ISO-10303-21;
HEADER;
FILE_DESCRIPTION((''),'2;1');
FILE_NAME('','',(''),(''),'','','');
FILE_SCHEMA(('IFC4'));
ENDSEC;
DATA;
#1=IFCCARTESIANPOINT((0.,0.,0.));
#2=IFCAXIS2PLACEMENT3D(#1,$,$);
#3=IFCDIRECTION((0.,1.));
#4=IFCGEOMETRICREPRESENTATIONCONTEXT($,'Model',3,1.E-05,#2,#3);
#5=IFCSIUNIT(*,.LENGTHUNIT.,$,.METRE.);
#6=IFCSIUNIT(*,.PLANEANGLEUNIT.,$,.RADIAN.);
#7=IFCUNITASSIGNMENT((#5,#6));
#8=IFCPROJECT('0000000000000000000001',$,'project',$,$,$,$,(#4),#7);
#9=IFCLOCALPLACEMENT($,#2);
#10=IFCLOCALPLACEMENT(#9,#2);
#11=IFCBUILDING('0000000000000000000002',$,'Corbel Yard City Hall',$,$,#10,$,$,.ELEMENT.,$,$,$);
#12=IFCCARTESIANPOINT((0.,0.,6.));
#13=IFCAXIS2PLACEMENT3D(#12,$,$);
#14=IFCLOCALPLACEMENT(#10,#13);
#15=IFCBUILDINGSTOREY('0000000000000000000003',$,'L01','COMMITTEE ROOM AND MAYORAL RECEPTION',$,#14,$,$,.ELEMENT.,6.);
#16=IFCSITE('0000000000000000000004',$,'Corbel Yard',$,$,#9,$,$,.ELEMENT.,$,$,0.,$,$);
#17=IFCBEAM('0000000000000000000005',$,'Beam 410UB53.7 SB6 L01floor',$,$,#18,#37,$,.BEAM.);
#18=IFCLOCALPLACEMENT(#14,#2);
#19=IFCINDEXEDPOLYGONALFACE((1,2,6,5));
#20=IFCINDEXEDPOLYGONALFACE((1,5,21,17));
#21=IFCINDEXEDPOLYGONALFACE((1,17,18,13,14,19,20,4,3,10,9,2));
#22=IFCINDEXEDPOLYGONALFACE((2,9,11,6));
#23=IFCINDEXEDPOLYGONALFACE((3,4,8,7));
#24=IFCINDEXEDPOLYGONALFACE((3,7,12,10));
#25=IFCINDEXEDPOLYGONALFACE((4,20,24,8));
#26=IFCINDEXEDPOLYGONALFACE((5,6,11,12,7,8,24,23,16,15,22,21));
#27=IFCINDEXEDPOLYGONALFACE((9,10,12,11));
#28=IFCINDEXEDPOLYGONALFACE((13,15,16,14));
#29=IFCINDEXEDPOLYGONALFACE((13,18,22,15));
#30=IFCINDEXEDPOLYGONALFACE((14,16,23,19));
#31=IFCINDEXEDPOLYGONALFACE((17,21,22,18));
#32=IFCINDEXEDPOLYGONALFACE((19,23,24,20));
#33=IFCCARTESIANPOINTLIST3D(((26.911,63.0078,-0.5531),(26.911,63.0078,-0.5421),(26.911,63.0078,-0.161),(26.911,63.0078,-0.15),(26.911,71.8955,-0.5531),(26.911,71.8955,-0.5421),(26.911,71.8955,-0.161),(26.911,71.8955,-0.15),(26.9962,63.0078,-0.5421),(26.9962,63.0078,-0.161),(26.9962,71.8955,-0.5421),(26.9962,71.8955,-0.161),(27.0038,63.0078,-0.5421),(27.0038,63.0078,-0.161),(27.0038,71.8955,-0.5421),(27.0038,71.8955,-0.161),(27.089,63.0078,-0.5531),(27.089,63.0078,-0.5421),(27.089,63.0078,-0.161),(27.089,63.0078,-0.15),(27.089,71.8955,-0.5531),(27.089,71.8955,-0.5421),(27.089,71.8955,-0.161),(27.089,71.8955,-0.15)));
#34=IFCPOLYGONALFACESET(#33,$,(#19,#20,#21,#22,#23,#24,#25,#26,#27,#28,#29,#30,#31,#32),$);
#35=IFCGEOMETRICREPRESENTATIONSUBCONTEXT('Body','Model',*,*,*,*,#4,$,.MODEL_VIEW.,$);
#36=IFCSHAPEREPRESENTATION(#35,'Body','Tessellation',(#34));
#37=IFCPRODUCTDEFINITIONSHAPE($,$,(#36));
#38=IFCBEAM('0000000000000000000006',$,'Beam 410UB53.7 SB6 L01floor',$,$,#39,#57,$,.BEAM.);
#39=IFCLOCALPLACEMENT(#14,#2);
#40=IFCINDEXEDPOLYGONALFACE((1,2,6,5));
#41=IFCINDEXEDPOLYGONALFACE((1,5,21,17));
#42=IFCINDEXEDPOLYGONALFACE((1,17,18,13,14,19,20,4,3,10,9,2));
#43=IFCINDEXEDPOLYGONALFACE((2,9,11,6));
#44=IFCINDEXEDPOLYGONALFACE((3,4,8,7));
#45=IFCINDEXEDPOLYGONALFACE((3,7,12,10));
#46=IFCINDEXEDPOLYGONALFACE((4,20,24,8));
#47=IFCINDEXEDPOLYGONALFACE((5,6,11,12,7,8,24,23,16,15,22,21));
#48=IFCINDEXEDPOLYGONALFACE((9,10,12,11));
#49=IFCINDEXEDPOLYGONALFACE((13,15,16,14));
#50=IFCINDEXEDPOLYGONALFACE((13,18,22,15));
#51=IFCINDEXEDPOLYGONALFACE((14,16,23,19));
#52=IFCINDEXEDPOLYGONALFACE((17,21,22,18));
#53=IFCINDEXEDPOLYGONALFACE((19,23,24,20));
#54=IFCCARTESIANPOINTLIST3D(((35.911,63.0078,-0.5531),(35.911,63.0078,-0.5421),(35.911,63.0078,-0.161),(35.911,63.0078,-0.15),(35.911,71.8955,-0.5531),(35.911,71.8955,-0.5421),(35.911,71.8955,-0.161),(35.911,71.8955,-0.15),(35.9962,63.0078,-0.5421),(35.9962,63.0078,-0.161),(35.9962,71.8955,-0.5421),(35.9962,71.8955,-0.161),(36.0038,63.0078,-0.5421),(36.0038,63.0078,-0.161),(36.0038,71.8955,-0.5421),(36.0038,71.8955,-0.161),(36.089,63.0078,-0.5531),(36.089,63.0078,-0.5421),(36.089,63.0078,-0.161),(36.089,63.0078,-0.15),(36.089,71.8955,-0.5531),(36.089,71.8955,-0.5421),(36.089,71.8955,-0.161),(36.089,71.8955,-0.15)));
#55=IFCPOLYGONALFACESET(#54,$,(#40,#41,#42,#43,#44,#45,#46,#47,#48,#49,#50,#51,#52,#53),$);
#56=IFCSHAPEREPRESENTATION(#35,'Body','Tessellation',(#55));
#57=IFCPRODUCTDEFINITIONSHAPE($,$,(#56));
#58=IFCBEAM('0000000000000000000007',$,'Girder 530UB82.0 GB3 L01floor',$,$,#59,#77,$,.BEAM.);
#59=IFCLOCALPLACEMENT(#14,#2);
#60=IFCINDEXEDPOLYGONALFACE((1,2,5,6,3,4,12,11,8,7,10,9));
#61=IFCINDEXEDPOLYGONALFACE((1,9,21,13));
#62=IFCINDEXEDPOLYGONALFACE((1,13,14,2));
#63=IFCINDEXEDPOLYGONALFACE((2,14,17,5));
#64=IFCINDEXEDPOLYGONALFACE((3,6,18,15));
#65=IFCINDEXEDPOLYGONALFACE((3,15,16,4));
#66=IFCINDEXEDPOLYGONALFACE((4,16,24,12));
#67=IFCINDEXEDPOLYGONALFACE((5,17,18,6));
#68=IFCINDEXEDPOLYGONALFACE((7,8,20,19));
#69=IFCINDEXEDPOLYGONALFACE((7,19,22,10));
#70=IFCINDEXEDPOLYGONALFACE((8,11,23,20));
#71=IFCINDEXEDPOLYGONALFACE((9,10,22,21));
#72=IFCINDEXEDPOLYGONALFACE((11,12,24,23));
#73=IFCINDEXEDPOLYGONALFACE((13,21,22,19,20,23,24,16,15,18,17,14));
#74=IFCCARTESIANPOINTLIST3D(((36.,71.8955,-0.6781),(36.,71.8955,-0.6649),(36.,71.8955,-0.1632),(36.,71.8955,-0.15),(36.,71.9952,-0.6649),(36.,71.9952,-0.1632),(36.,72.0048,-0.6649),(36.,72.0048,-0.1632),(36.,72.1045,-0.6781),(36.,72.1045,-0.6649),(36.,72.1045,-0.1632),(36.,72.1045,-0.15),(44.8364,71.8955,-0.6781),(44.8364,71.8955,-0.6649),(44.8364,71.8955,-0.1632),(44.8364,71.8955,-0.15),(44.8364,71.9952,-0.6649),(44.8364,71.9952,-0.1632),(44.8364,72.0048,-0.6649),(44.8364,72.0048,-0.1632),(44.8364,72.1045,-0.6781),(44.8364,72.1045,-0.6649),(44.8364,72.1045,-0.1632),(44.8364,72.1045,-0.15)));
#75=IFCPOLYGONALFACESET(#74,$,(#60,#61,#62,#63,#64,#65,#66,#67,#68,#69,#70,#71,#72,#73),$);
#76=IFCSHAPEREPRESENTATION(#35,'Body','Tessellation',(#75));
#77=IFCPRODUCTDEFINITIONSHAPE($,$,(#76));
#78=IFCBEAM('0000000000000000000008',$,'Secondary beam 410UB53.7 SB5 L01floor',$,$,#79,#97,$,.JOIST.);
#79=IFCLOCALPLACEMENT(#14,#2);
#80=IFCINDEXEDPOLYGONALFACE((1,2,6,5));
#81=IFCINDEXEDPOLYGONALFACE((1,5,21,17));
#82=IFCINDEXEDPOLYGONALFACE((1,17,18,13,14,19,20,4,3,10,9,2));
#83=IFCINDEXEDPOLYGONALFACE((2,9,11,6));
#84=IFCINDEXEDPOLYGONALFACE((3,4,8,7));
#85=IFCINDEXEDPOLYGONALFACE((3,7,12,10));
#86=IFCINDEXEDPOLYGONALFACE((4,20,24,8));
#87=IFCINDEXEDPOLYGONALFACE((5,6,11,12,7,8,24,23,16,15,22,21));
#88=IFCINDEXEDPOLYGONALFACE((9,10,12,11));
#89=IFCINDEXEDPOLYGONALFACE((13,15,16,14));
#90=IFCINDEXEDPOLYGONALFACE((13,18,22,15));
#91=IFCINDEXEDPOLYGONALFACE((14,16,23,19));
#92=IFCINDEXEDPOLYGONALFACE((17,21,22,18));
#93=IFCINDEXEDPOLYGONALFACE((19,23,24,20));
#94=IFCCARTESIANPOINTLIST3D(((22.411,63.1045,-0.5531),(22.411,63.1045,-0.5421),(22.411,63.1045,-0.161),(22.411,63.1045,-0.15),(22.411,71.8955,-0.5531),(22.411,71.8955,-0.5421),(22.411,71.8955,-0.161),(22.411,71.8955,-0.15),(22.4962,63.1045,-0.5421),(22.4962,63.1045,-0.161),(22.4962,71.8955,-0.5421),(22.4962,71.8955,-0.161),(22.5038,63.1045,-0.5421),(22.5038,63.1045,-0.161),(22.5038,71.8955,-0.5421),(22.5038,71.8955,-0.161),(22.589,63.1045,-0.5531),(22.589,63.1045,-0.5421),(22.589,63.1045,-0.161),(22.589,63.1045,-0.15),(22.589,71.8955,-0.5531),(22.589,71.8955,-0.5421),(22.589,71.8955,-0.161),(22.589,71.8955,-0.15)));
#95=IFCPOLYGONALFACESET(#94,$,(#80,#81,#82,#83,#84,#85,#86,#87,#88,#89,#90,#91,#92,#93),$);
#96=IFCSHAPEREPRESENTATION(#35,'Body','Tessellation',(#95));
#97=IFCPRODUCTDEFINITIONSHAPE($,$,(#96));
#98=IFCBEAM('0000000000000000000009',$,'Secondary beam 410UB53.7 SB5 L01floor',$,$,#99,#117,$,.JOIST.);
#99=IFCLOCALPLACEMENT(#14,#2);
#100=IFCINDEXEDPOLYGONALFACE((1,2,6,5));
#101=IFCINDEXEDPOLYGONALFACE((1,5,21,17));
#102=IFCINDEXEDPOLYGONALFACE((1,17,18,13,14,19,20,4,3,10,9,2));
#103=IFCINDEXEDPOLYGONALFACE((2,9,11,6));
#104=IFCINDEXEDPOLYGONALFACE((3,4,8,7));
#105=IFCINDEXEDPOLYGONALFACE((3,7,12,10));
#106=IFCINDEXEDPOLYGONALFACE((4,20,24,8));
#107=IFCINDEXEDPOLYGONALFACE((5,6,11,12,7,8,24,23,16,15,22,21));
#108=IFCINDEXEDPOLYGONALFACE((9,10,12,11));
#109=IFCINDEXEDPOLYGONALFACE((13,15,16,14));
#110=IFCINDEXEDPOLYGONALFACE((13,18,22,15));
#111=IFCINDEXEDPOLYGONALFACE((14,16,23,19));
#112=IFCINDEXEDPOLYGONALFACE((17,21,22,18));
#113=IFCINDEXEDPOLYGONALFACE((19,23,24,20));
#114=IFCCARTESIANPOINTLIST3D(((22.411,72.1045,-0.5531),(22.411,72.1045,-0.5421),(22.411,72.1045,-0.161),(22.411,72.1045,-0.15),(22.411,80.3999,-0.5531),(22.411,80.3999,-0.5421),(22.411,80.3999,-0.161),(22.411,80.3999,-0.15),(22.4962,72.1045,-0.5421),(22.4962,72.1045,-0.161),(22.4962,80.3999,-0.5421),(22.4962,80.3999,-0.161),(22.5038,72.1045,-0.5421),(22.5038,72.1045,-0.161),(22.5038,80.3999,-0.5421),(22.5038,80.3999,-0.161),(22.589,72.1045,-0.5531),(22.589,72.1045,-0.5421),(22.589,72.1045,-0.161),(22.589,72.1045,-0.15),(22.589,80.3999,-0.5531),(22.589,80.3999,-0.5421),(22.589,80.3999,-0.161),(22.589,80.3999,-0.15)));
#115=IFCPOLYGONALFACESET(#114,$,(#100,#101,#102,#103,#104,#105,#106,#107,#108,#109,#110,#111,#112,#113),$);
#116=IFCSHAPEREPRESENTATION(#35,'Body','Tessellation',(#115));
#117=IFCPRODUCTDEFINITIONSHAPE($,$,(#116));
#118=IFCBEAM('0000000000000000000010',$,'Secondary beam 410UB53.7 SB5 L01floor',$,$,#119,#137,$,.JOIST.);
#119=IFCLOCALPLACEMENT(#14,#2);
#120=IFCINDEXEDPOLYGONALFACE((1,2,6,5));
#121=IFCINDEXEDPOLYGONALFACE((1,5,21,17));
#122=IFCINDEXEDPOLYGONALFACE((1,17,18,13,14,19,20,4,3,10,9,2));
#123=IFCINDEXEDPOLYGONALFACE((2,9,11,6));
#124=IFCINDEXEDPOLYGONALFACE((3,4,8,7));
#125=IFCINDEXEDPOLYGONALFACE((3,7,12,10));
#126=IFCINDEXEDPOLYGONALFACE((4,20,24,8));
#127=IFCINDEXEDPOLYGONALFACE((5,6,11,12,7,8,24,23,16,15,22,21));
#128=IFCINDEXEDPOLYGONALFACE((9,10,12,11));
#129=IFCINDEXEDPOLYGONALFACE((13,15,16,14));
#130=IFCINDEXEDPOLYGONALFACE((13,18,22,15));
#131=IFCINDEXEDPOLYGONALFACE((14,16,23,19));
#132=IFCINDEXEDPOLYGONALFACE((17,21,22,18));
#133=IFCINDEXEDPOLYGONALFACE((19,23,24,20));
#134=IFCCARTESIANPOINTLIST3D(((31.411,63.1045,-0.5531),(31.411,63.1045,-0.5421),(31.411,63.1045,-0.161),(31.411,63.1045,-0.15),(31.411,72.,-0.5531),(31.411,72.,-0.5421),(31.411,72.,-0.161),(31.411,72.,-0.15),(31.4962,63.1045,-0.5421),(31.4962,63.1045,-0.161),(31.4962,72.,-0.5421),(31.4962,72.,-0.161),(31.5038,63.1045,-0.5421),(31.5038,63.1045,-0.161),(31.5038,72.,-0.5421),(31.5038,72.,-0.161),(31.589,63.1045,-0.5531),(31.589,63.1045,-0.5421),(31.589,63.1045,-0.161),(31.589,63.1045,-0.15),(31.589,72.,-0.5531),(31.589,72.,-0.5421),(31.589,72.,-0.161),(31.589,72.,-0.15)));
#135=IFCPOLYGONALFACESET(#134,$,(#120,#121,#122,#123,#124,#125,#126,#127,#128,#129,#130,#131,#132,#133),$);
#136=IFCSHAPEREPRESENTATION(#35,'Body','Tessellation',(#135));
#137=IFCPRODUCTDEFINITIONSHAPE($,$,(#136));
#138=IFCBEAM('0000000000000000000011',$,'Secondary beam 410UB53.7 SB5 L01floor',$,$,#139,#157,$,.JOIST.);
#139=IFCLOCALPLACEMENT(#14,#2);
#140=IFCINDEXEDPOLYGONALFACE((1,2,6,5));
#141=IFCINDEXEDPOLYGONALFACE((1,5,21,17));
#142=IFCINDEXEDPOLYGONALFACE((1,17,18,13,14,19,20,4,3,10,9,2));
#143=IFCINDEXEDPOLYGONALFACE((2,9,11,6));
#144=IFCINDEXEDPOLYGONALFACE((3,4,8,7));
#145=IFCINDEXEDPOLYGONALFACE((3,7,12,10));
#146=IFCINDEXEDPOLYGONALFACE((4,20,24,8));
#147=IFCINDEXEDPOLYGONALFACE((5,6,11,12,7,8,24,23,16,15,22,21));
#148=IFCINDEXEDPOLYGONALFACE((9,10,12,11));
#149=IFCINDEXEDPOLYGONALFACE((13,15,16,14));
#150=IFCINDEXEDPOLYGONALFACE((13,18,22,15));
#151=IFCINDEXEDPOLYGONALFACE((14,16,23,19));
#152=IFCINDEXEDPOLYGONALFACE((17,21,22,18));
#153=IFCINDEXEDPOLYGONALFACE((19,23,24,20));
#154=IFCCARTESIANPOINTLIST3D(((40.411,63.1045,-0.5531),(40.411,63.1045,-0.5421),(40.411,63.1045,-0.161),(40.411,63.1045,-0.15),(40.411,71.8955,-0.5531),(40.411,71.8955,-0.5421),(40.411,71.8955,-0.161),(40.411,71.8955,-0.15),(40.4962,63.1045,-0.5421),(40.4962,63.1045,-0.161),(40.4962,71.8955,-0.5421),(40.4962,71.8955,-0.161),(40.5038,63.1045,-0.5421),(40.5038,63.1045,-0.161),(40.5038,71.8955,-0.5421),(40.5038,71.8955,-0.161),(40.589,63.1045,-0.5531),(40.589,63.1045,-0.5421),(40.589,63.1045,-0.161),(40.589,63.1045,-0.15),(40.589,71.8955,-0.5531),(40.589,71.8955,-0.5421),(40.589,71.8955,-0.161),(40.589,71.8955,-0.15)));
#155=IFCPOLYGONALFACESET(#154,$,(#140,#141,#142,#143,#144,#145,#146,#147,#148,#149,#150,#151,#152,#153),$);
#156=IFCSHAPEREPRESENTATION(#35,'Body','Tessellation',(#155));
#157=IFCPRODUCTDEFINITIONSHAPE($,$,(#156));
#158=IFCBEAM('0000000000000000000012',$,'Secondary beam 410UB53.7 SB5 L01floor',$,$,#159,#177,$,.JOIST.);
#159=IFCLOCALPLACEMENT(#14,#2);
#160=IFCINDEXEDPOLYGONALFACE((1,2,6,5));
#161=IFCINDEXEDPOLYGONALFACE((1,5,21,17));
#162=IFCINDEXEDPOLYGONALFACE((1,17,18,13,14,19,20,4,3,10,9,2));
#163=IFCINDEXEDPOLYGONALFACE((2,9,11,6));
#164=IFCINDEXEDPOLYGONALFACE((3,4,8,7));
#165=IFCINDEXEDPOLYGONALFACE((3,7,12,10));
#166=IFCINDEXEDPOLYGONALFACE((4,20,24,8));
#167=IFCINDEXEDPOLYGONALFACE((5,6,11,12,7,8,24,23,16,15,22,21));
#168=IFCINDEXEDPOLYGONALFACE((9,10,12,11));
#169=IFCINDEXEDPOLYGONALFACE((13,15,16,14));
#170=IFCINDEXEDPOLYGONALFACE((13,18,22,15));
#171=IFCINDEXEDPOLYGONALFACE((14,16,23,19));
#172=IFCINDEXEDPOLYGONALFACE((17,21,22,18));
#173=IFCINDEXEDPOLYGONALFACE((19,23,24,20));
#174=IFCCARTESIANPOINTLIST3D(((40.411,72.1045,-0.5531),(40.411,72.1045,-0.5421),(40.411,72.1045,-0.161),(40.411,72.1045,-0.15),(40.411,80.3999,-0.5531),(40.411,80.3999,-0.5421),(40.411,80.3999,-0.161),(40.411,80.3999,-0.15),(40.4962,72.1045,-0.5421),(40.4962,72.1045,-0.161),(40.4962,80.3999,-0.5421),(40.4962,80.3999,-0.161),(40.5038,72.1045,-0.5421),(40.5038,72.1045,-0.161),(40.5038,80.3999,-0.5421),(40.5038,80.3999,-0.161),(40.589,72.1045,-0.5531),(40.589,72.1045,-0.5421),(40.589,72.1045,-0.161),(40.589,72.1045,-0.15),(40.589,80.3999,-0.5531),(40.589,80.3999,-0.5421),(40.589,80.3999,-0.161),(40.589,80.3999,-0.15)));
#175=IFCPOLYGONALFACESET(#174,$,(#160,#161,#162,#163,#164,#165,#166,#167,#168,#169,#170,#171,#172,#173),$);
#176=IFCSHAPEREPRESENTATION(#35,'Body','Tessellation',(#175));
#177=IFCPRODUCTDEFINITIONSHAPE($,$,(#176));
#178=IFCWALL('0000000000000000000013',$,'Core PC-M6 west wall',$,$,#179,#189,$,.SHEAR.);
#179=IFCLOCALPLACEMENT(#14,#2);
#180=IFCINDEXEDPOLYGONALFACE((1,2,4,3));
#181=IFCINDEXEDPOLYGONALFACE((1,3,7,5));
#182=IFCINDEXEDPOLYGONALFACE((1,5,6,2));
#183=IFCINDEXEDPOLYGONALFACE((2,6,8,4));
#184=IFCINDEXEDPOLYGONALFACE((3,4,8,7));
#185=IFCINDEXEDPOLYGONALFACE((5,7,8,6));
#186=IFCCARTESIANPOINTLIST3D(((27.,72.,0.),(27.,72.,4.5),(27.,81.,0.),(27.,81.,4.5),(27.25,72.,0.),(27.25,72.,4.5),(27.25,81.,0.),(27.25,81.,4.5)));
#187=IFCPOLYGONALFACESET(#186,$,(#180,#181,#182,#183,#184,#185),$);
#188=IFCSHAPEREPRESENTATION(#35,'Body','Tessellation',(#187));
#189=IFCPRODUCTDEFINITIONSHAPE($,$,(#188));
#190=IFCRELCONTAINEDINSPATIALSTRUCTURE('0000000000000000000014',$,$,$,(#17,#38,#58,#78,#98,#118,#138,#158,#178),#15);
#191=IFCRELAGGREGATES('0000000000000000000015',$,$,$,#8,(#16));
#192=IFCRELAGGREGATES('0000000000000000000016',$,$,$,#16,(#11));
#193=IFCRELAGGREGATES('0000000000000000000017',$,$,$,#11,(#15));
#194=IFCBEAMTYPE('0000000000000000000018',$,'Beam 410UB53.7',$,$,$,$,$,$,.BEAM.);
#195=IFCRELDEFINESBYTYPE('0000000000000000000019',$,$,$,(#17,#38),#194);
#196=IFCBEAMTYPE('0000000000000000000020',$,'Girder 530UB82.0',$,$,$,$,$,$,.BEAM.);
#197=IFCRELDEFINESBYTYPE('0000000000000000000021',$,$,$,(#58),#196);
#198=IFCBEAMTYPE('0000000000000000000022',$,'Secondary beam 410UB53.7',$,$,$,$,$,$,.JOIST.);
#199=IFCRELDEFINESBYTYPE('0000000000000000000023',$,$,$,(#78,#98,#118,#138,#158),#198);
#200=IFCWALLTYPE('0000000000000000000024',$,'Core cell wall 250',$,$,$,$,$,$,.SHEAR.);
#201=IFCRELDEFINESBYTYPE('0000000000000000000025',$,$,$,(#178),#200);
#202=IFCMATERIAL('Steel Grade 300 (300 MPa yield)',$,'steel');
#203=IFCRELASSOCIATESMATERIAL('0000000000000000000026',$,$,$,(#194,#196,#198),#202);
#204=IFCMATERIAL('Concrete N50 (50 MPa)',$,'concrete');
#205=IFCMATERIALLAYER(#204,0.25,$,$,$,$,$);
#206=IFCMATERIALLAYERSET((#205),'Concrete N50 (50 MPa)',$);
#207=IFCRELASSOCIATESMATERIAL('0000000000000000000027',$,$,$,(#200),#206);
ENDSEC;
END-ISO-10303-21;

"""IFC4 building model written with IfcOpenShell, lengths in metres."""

from ifc_helpers import new_model, si_unit, direction, frame, frame_2d, origin, origin_2d, place, context, subcontext, project, spatial, rectangle, i_section, extrude, material, layer, layer_set, material_profile, profile_set, type_object, element, save


model = new_model("IFC4")

# Units and contexts
model_context = context("Model", 3, precision=1e-05, world=origin(), true_north=direction((0.0, 1.0)))
body_context = subcontext(model_context, "Body", "Model", "MODEL_VIEW")
ifc_project = project(units=[si_unit("LENGTHUNIT", "METRE"), si_unit("PLANEANGLEUNIT", "RADIAN")], contexts=[model_context])

# Site, building, storey
site_placement = place(None, origin())
site = spatial("IfcSite", under=ifc_project, at=site_placement, Name="Corbel Yard", CompositionType="ELEMENT", RefElevation=0.0)
building_placement = place(site_placement, origin())
building = spatial("IfcBuilding", under=site, at=building_placement, Name="Corbel Yard City Hall", CompositionType="ELEMENT")
storey_placement = place(building_placement, frame((0.0, 0.0, 6.0)))
storey = spatial("IfcBuildingStorey", under=building, at=storey_placement, Name="L01", Description="COMMITTEE ROOM AND MAYORAL RECEPTION", CompositionType="ELEMENT", Elevation=6.0)

# Beams
ifc_material_1 = material(Name="Steel Grade 300 (300 MPa yield)", Category="steel")
ifc_material_profile_1 = material_profile(ifc_material_1, i_section(OverallWidth=0.178, OverallDepth=0.4031, WebThickness=0.0076, FlangeThickness=0.011, at=origin_2d()), Name="410UB53.7")
ifc_profile_set_1 = profile_set([ifc_material_profile_1], Name="Steel Grade 300 (300 MPa yield)")
beam_type_1 = type_object("IfcBeamType", Name="Beam 410UB53.7", PredefinedType="BEAM", material=ifc_profile_set_1)
for number, where, z_axis, x_axis, name in (
    (1, (27.0, 63.0078, -0.3516), (0.0, 1.0, 0.0), (-1.0, 0.0, 0.0), "Beam 410UB53.7 SB6 L01floor"),
    (2, (36.0, 63.0078, -0.3516), (0.0, 1.0, 0.0), (-1.0, 0.0, 0.0), "Beam 410UB53.7 SB6 L01floor"),
):
    element("IfcBeam", number, at=place(storey_placement, frame(where, z_axis=z_axis, x_axis=x_axis)), inside=storey, type_object=beam_type_1, Name=name, PredefinedType="BEAM", context=body_context, shape_type="SweptSolid", body=[
        extrude(i_section(OverallWidth=0.178, OverallDepth=0.4031, WebThickness=0.0076, FlangeThickness=0.011, at=origin_2d()), origin(), (0.0, 0.0, 1.0), 8.8877),
    ])
ifc_material_profile_2 = material_profile(ifc_material_1, i_section(OverallWidth=0.209, OverallDepth=0.5281, WebThickness=0.0095, FlangeThickness=0.0132, at=origin_2d()), Name="530UB82.0")
ifc_profile_set_2 = profile_set([ifc_material_profile_2], Name="Steel Grade 300 (300 MPa yield)")
beam_type_2 = type_object("IfcBeamType", Name="Girder 530UB82.0", PredefinedType="BEAM", material=ifc_profile_set_2)
beam_1_placement = place(storey_placement, frame((36.0, 72.0, -0.4141), z_axis=(1.0, 0.0, 0.0), x_axis=(0.0, 1.0, 0.0)))
element("IfcBeam", 3, at=beam_1_placement, inside=storey, type_object=beam_type_2, Name="Girder 530UB82.0 GB3 L01floor", PredefinedType="BEAM", context=body_context, shape_type="SweptSolid", body=[
    extrude(i_section(OverallWidth=0.209, OverallDepth=0.5281, WebThickness=0.0095, FlangeThickness=0.0132, at=origin_2d()), origin(), (0.0, 0.0, 1.0), 8.8364),
])
ifc_material_profile_3 = material_profile(ifc_material_1, i_section(OverallWidth=0.178, OverallDepth=0.4031, WebThickness=0.0076, FlangeThickness=0.011, at=origin_2d()), Name="410UB53.7")
ifc_profile_set_3 = profile_set([ifc_material_profile_3], Name="Steel Grade 300 (300 MPa yield)")
beam_type_3 = type_object("IfcBeamType", Name="Secondary beam 410UB53.7", PredefinedType="JOIST", material=ifc_profile_set_3)
beam_2_placement = place(storey_placement, frame((22.5, 63.1045, -0.3516), z_axis=(0.0, 1.0, 0.0), x_axis=(-1.0, 0.0, 0.0)))
element("IfcBeam", 4, at=beam_2_placement, inside=storey, type_object=beam_type_3, Name="Secondary beam 410UB53.7 SB5 L01floor", PredefinedType="JOIST", context=body_context, shape_type="SweptSolid", body=[
    extrude(i_section(OverallWidth=0.178, OverallDepth=0.4031, WebThickness=0.0076, FlangeThickness=0.011, at=origin_2d()), origin(), (0.0, 0.0, 1.0), 8.791),
])
beam_3_placement = place(storey_placement, frame((22.5, 72.1045, -0.3516), z_axis=(0.0, 1.0, 0.0), x_axis=(-1.0, 0.0, 0.0)))
element("IfcBeam", 5, at=beam_3_placement, inside=storey, type_object=beam_type_3, Name="Secondary beam 410UB53.7 SB5 L01floor", PredefinedType="JOIST", context=body_context, shape_type="SweptSolid", body=[
    extrude(i_section(OverallWidth=0.178, OverallDepth=0.4031, WebThickness=0.0076, FlangeThickness=0.011, at=origin_2d()), origin(), (0.0, 0.0, 1.0), 8.2954),
])
beam_4_placement = place(storey_placement, frame((31.5, 63.1045, -0.3516), z_axis=(0.0, 1.0, 0.0), x_axis=(-1.0, 0.0, 0.0)))
element("IfcBeam", 6, at=beam_4_placement, inside=storey, type_object=beam_type_3, Name="Secondary beam 410UB53.7 SB5 L01floor", PredefinedType="JOIST", context=body_context, shape_type="SweptSolid", body=[
    extrude(i_section(OverallWidth=0.178, OverallDepth=0.4031, WebThickness=0.0076, FlangeThickness=0.011, at=origin_2d()), origin(), (0.0, 0.0, 1.0), 8.8955),
])
beam_5_placement = place(storey_placement, frame((40.5, 63.1045, -0.3516), z_axis=(0.0, 1.0, 0.0), x_axis=(-1.0, 0.0, 0.0)))
element("IfcBeam", 7, at=beam_5_placement, inside=storey, type_object=beam_type_3, Name="Secondary beam 410UB53.7 SB5 L01floor", PredefinedType="JOIST", context=body_context, shape_type="SweptSolid", body=[
    extrude(i_section(OverallWidth=0.178, OverallDepth=0.4031, WebThickness=0.0076, FlangeThickness=0.011, at=origin_2d()), origin(), (0.0, 0.0, 1.0), 8.791),
])
beam_6_placement = place(storey_placement, frame((40.5, 72.1045, -0.3516), z_axis=(0.0, 1.0, 0.0), x_axis=(-1.0, 0.0, 0.0)))
element("IfcBeam", 8, at=beam_6_placement, inside=storey, type_object=beam_type_3, Name="Secondary beam 410UB53.7 SB5 L01floor", PredefinedType="JOIST", context=body_context, shape_type="SweptSolid", body=[
    extrude(i_section(OverallWidth=0.178, OverallDepth=0.4031, WebThickness=0.0076, FlangeThickness=0.011, at=origin_2d()), origin(), (0.0, 0.0, 1.0), 8.2954),
])

# Wall
ifc_material_2 = material(Name="Concrete N50 (50 MPa)", Category="concrete")
ifc_layer_1 = layer(ifc_material_2, 0.25)
ifc_layer_set_1 = layer_set([ifc_layer_1], Name="Concrete N50 (50 MPa)")
wall_type_1 = type_object("IfcWallType", Name="Core cell wall 250", PredefinedType="SHEAR", material=ifc_layer_set_1)
for number, where, z_axis, x_axis, name in (
    (9, (27.125, 72.0, 0.0), (0.0, 0.0, 1.0), (0.0, 1.0, 0.0), "Core PC-M6 west wall"),
):
    element("IfcWall", number, at=place(storey_placement, frame(where, z_axis=z_axis, x_axis=x_axis)), inside=storey, type_object=wall_type_1, Name=name, PredefinedType="SHEAR", context=body_context, shape_type="SweptSolid", body=[
        extrude(rectangle(XDim=9.0, YDim=0.25, at=frame_2d((4.5, 0.0))), origin(), (0.0, 0.0, 1.0), 4.5),
    ])

save(model, "model.ifc")
